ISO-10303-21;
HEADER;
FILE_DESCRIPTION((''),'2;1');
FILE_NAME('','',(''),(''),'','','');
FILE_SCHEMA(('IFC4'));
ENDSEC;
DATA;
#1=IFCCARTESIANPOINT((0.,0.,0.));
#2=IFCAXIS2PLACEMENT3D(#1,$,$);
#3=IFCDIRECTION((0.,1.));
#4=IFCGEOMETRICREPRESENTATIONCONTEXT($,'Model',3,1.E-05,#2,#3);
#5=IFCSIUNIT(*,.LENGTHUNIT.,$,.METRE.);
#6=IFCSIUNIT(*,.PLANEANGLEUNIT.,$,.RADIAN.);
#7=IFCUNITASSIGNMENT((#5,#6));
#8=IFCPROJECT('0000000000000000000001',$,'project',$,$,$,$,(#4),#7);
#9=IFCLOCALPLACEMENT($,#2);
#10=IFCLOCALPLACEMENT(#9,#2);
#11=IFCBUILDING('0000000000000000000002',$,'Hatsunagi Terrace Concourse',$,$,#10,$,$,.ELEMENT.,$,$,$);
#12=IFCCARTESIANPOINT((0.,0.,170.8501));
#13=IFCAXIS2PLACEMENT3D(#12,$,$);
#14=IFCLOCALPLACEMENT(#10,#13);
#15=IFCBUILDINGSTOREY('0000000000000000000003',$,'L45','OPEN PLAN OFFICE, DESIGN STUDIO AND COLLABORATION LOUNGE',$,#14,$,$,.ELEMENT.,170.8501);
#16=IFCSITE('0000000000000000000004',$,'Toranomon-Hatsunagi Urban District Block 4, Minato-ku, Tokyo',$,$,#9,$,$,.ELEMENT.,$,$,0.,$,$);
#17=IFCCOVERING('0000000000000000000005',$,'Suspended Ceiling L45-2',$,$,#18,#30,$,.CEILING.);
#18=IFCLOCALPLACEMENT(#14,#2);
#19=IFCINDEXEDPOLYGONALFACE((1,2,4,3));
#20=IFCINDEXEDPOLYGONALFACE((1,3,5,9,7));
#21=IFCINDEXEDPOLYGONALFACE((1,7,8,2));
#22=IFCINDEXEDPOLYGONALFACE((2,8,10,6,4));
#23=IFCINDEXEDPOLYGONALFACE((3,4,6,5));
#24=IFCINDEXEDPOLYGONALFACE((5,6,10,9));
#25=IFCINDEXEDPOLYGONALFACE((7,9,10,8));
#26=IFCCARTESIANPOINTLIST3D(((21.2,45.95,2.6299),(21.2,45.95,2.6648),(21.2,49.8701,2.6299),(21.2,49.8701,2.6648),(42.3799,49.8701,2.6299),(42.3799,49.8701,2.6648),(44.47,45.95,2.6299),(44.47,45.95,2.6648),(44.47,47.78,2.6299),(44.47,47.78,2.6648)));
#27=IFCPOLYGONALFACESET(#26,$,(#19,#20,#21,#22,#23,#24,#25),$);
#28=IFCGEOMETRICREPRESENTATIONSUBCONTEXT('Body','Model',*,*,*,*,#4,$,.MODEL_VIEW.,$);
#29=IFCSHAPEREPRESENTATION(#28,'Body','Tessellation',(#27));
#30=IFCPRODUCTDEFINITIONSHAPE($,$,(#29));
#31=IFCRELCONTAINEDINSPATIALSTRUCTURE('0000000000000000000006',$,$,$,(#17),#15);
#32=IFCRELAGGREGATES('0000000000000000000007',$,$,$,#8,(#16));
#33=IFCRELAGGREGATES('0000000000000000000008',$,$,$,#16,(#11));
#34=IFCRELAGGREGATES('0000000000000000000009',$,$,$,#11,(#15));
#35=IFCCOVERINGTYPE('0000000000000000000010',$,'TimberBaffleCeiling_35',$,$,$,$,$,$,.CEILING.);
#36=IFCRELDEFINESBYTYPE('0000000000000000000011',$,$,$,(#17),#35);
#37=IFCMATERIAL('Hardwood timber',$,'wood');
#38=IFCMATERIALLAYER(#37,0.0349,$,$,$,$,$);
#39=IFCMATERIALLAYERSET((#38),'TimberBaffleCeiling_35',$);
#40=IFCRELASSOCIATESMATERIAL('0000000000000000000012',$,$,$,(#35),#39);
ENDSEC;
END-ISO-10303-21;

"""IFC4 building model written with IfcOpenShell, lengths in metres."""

from ifc_helpers import new_model, si_unit, direction, frame, origin, place, context, subcontext, project, spatial, polyline, outline, extrude, material, layer, layer_set, type_object, element, save


model = new_model("IFC4")

# Units and contexts
model_context = context("Model", 3, precision=1e-05, world=origin(), true_north=direction((0.0, 1.0)))
body_context = subcontext(model_context, "Body", "Model", "MODEL_VIEW")
ifc_project = project(units=[si_unit("LENGTHUNIT", "METRE"), si_unit("PLANEANGLEUNIT", "RADIAN")], contexts=[model_context])

# Site, building, storey
site_placement = place(None, origin())
site = spatial("IfcSite", under=ifc_project, at=site_placement, Name="Toranomon-Hatsunagi Urban District Block 4, Minato-ku, Tokyo", CompositionType="ELEMENT", RefElevation=0.0)
building_placement = place(site_placement, origin())
building = spatial("IfcBuilding", under=site, at=building_placement, Name="Hatsunagi Terrace Concourse", CompositionType="ELEMENT")
storey_placement = place(building_placement, frame((0.0, 0.0, 170.8501)))
storey = spatial("IfcBuildingStorey", under=building, at=storey_placement, Name="L45", Description="OPEN PLAN OFFICE, DESIGN STUDIO AND COLLABORATION LOUNGE", CompositionType="ELEMENT", Elevation=170.8501)

# Covering
ifc_material_1 = material(Name="Hardwood timber", Category="wood")
ifc_layer_1 = layer(ifc_material_1, 0.0349)
ifc_layer_set_1 = layer_set([ifc_layer_1], Name="TimberBaffleCeiling_35")
covering_type_1 = type_object("IfcCoveringType", Name="TimberBaffleCeiling_35", PredefinedType="CEILING", material=ifc_layer_set_1)
covering_1_placement = place(storey_placement, frame((0.0, 0.0, 2.6299)))
element("IfcCovering", 1, at=covering_1_placement, inside=storey, type_object=covering_type_1, Name="Suspended Ceiling L45-2", PredefinedType="CEILING", context=body_context, shape_type="SweptSolid", body=[
    extrude(outline(polyline([(42.3799, 49.8701), (21.2, 49.8701), (21.2, 45.95), (44.47, 45.95), (44.47, 47.78), (42.3799, 49.8701)])), origin(), (0.0, 0.0, 1.0), 0.0349),
])

save(model, "model.ifc")
